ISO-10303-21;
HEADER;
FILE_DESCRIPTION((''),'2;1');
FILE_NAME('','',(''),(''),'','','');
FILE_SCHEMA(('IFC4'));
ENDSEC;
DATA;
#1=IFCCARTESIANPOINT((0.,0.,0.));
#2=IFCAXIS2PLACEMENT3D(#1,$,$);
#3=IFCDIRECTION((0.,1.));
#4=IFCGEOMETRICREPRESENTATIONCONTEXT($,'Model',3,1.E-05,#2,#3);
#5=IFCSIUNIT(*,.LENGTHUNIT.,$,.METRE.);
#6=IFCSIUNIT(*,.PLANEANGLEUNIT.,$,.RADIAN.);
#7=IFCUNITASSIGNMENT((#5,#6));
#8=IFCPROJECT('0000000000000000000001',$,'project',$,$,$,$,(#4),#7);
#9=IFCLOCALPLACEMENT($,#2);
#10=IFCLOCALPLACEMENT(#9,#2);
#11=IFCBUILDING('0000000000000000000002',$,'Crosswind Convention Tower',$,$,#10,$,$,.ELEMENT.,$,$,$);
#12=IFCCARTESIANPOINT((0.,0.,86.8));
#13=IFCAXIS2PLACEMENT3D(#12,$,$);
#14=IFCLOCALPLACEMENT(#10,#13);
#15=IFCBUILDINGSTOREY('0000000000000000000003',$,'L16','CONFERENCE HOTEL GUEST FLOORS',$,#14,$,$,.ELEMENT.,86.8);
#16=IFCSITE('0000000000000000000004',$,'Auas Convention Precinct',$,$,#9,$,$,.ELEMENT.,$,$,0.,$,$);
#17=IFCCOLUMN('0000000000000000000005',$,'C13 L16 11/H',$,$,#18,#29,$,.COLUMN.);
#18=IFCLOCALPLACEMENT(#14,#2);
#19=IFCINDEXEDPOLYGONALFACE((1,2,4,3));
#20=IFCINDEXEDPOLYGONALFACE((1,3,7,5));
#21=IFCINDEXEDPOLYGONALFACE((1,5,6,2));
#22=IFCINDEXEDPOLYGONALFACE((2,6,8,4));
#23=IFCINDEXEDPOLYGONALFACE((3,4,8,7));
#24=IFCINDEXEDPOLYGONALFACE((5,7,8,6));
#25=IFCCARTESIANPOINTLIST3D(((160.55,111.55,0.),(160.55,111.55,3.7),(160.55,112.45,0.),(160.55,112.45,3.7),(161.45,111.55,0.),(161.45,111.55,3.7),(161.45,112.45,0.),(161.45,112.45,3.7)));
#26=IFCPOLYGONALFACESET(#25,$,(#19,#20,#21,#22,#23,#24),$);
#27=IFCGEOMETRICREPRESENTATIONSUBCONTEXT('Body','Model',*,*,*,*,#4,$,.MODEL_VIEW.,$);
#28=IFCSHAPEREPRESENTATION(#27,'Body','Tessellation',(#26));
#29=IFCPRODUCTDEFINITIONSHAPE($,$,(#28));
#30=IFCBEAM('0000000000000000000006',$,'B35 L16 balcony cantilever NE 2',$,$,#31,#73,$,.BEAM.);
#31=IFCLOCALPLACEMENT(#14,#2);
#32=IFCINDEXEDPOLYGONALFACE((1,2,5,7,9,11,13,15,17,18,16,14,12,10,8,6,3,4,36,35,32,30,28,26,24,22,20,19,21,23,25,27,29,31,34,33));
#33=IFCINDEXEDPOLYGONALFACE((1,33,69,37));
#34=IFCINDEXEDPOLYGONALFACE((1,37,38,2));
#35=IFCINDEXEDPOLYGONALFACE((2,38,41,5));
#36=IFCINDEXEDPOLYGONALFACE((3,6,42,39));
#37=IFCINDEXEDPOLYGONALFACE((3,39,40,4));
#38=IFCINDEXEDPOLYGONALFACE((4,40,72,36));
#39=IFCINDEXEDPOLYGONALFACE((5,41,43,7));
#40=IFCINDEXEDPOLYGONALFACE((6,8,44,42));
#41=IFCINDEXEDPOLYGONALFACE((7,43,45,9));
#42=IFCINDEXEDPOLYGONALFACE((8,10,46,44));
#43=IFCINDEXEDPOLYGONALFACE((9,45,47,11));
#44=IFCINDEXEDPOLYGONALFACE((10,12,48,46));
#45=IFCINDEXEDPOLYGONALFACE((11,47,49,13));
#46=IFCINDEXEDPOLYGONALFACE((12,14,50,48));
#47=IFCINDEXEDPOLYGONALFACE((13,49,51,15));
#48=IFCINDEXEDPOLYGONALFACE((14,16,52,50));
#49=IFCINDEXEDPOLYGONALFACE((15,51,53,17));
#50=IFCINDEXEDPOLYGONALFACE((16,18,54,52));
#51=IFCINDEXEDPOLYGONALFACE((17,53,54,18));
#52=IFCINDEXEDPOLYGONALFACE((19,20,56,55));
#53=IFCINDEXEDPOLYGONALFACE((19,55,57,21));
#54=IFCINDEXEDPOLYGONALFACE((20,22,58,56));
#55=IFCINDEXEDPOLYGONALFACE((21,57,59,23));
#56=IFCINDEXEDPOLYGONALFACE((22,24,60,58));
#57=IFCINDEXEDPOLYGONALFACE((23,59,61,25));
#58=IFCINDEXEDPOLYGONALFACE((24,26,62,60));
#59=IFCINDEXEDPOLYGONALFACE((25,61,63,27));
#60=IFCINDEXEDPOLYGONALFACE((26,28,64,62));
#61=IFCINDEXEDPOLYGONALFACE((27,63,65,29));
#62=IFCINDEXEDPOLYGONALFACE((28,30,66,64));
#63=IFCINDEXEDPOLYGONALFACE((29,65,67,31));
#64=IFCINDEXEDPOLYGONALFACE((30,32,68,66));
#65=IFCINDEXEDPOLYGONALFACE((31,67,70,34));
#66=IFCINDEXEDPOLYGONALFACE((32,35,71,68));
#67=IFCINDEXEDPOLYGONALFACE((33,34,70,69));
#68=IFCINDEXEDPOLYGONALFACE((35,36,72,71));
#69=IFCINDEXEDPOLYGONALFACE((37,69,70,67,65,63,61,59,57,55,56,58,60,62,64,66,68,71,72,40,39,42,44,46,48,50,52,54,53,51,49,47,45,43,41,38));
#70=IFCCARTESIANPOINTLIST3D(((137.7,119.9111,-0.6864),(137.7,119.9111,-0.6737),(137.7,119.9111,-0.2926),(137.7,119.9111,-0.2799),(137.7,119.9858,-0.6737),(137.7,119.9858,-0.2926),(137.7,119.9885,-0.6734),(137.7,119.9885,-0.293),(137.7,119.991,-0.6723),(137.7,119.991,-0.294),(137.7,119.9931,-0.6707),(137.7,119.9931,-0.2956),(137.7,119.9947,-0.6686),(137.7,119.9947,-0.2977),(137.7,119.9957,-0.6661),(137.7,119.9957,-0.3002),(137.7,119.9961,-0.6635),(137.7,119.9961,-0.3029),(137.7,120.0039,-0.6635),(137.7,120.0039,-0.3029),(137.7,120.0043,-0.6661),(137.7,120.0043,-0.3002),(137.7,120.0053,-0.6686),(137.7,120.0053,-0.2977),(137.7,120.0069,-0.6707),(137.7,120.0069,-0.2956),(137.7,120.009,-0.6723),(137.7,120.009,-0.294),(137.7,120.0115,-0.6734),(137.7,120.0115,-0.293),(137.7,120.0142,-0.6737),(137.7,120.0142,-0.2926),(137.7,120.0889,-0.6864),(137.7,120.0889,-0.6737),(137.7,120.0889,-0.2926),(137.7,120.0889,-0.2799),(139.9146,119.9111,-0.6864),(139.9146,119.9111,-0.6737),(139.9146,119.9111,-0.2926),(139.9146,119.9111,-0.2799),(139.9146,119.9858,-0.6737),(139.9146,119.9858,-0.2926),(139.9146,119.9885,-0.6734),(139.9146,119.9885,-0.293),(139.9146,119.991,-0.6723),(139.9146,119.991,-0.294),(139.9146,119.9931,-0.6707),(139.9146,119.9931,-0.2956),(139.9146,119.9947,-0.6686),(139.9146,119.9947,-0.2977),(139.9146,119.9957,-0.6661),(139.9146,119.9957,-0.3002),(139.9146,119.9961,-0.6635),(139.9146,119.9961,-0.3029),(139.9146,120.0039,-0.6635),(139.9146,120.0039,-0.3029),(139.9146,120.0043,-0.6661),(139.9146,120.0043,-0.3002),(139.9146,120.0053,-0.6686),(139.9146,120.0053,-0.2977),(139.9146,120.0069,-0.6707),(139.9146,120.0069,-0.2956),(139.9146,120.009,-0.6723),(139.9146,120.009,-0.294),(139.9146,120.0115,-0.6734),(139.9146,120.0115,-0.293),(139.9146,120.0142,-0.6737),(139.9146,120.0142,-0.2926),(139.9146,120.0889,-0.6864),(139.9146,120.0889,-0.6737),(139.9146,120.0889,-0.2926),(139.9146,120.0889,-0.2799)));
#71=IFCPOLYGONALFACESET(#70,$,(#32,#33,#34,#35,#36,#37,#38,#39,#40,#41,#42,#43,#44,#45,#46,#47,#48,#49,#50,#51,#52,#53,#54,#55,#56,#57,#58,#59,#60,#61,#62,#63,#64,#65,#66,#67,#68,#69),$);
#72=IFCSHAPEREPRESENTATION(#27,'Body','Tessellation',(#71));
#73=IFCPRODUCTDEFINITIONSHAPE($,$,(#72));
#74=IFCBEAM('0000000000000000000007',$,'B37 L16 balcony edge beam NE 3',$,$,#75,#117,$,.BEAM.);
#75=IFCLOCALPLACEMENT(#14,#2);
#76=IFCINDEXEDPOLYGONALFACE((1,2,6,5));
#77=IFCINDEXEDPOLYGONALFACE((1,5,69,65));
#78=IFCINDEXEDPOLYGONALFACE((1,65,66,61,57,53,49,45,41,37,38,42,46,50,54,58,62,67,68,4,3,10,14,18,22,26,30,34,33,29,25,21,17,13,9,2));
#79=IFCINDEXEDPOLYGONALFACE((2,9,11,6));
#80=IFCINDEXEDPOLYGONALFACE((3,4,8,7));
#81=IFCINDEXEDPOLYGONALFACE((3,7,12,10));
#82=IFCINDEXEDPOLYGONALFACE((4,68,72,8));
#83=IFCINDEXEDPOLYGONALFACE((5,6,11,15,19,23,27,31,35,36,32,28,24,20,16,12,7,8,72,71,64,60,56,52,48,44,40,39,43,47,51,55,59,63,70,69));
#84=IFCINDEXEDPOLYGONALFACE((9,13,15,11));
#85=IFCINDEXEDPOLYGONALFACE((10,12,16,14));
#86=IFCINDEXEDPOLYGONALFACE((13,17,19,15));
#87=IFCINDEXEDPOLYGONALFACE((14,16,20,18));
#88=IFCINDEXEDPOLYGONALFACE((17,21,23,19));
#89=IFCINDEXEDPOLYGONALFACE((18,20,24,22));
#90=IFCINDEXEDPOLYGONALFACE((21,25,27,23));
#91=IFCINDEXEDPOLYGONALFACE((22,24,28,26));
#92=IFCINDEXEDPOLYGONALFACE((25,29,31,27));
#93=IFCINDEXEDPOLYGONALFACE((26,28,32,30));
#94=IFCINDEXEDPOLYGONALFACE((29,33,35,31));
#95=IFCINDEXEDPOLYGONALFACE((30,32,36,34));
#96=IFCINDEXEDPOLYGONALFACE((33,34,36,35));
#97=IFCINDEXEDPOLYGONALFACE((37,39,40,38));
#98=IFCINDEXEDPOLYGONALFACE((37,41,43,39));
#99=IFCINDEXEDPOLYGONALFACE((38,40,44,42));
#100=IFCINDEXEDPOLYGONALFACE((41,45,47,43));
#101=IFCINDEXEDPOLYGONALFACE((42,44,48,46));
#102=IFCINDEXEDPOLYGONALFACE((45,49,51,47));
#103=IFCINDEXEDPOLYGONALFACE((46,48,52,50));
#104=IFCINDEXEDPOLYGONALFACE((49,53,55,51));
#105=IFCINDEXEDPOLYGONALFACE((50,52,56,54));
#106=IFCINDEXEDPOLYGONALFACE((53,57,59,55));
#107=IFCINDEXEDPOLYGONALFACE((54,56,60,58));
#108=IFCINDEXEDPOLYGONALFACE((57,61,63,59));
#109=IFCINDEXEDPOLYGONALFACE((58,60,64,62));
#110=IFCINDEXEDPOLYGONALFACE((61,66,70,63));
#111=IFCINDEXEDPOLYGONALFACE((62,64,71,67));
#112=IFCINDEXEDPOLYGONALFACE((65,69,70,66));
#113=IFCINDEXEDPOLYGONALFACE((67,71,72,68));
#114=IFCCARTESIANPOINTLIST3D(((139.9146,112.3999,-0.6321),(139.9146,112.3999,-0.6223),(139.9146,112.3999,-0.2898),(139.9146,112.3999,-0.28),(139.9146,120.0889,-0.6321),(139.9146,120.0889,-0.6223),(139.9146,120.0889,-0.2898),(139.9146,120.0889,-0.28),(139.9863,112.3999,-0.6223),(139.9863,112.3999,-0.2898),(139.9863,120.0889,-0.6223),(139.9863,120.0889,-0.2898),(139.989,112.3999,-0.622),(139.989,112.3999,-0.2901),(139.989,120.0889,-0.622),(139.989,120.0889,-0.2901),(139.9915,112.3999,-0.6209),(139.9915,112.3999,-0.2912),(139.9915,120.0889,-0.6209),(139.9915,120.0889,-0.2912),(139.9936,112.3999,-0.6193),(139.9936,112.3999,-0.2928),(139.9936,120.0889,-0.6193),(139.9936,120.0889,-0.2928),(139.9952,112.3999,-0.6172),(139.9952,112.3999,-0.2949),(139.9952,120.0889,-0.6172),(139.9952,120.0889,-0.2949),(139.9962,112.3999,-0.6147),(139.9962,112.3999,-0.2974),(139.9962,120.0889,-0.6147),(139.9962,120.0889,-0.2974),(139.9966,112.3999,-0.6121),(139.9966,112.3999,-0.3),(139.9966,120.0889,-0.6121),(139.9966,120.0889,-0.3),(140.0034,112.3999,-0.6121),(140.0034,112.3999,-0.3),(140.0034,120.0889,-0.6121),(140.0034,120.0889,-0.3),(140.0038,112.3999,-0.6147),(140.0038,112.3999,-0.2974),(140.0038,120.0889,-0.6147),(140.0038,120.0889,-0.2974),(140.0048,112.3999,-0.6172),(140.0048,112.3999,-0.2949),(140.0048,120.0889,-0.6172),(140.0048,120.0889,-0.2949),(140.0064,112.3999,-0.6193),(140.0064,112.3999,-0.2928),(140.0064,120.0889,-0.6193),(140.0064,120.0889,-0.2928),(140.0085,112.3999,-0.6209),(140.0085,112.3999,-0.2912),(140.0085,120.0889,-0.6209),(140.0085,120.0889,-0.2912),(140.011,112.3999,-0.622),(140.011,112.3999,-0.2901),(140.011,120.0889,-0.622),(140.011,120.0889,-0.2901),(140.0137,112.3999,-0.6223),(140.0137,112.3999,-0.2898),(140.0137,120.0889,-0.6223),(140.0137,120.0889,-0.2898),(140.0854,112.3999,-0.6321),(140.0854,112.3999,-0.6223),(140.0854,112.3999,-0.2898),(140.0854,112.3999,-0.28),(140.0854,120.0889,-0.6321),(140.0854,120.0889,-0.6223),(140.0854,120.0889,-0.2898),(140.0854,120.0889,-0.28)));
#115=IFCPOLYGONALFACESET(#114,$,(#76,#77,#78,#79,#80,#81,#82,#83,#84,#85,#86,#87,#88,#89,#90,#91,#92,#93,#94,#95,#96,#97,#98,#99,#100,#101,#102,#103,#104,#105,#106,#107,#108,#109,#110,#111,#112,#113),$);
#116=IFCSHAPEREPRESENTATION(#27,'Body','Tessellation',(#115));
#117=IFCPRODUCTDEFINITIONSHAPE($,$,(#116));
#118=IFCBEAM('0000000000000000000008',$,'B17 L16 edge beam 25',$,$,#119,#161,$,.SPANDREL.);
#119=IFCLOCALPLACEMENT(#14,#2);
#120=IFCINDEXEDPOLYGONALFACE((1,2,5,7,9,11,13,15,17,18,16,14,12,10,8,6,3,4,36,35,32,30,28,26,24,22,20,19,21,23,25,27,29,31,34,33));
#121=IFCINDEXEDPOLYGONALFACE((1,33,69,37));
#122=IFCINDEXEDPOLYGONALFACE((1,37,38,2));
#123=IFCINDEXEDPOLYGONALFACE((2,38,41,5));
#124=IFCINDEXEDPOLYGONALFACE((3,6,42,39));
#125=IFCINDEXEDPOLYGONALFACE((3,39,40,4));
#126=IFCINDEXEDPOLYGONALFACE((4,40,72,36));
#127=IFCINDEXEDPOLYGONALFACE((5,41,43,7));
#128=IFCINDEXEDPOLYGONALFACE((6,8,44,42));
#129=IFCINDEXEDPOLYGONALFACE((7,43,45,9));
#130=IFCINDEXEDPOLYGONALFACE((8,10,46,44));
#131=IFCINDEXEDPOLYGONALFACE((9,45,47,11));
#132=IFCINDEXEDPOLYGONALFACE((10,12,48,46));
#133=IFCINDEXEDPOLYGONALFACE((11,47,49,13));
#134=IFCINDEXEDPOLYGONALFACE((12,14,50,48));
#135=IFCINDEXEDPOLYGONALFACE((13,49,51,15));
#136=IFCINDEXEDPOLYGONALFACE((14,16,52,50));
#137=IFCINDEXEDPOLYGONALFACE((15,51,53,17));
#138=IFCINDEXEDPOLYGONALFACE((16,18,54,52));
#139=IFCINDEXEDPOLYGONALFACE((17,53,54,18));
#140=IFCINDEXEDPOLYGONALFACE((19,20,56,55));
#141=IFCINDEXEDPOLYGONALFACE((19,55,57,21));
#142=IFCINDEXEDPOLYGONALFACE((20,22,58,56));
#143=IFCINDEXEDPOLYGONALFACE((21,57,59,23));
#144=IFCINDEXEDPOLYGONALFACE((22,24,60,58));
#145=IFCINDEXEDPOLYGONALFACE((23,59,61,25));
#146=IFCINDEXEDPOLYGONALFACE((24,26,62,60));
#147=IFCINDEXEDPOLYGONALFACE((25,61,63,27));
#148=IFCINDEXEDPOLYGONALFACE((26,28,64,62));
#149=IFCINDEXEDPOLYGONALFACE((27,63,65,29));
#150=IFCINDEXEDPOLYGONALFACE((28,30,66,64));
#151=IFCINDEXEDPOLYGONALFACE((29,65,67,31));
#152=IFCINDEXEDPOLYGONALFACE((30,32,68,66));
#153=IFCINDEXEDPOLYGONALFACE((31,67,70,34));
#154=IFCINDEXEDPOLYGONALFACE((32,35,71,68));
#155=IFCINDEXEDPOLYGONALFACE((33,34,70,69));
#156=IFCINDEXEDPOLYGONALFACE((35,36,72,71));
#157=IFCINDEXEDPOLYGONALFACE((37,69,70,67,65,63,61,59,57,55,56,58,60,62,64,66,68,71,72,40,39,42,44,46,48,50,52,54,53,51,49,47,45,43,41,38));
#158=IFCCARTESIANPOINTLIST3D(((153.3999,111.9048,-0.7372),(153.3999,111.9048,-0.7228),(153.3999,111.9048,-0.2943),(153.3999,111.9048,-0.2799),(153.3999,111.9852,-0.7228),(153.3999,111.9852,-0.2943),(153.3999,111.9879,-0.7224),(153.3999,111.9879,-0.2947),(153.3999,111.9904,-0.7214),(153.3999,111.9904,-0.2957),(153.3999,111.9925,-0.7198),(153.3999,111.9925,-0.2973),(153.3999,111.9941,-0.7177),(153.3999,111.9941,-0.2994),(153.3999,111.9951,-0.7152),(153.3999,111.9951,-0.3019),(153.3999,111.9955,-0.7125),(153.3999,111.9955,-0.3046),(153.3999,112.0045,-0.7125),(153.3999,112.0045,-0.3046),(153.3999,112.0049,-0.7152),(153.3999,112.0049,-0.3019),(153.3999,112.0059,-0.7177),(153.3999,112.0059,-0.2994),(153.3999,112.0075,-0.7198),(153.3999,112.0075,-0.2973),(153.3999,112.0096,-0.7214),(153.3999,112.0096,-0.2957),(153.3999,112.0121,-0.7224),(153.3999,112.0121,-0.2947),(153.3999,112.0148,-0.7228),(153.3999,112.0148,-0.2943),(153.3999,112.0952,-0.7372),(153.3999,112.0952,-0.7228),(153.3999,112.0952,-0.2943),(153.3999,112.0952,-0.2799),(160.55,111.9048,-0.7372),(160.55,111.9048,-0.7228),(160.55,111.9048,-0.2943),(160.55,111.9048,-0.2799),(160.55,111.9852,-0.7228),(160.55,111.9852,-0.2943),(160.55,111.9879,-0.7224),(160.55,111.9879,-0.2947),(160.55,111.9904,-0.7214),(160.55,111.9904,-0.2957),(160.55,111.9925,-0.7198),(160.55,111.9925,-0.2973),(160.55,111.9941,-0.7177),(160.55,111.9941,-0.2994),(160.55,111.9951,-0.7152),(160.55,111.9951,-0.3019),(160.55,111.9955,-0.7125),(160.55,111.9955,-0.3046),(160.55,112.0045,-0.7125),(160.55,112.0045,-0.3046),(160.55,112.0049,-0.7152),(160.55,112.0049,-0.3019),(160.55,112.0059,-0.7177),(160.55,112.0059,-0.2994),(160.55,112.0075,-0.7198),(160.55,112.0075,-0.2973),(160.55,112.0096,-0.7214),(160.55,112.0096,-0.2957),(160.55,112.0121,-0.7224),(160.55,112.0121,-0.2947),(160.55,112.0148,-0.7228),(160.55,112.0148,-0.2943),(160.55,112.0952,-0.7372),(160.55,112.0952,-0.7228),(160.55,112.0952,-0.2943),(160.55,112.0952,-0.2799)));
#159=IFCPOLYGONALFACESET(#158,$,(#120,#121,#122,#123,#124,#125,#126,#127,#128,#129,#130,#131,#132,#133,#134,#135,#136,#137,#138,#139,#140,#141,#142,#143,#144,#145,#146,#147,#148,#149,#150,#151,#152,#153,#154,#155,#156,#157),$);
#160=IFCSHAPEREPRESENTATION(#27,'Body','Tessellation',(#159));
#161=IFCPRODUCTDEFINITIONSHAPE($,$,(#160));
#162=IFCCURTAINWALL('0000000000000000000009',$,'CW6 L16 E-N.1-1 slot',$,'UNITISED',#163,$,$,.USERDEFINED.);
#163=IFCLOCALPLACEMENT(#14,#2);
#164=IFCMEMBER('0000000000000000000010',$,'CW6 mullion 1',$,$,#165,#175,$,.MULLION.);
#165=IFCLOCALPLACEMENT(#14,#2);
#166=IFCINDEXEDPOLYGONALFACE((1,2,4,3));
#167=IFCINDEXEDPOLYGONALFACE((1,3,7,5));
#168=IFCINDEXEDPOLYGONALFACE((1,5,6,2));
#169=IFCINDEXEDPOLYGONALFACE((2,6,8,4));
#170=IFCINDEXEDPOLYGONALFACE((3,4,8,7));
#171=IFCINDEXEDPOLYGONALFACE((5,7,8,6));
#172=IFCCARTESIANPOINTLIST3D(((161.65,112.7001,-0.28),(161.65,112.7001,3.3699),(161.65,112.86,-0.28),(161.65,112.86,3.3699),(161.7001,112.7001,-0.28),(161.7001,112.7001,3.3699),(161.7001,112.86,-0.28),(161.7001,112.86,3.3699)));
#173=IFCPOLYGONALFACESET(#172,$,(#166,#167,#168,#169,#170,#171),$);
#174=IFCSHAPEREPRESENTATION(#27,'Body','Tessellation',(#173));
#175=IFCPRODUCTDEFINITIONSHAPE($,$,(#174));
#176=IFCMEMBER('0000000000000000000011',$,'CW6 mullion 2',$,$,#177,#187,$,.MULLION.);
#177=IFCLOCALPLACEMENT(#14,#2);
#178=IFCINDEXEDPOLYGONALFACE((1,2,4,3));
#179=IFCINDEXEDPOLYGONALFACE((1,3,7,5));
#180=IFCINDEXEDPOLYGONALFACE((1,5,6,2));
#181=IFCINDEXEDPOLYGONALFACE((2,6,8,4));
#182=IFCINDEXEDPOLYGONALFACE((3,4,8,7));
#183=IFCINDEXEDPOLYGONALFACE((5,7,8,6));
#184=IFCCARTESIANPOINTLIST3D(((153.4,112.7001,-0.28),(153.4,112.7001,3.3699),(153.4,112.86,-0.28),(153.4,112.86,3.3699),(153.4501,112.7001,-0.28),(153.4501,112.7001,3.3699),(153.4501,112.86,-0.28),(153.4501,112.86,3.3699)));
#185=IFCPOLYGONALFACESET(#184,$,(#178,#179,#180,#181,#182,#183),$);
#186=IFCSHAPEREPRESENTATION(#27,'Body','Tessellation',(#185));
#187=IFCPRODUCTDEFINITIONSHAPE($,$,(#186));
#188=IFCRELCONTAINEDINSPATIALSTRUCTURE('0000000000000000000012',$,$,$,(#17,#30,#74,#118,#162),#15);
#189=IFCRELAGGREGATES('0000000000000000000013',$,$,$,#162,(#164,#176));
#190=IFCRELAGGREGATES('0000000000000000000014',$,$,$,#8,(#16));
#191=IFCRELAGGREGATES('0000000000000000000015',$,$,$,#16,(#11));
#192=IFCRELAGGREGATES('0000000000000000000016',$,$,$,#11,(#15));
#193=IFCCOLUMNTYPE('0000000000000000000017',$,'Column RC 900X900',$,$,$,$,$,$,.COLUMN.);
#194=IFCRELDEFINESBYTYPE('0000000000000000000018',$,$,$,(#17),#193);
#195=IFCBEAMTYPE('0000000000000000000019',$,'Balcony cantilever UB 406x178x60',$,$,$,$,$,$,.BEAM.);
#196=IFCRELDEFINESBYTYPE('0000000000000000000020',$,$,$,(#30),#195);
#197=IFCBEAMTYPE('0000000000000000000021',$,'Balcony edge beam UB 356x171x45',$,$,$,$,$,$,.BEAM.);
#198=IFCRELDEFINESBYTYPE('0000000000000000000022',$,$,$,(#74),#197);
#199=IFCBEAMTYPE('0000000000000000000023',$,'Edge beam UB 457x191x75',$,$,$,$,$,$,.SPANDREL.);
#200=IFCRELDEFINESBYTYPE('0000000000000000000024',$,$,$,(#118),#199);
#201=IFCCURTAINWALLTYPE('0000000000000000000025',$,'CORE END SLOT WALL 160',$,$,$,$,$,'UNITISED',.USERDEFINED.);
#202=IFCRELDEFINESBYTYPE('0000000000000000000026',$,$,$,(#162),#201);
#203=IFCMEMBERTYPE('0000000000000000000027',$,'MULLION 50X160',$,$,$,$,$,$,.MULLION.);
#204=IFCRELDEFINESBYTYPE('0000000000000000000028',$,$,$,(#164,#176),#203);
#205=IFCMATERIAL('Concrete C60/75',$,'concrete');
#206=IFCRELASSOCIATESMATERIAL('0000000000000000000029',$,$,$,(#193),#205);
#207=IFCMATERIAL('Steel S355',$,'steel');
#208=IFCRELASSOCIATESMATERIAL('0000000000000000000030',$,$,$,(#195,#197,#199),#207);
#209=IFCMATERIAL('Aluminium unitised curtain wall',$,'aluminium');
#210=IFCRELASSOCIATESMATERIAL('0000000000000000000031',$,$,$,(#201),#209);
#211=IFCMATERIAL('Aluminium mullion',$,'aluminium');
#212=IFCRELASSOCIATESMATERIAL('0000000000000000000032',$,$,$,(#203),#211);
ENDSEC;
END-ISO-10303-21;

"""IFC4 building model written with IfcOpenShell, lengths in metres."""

from ifc_helpers import new_model, si_unit, direction, frame, origin, origin_2d, place, context, subcontext, project, spatial, rectangle, i_section, extrude, material, material_profile, profile_set, type_object, element, aggregate, save


model = new_model("IFC4")

# Units and contexts
model_context = context("Model", 3, precision=1e-05, world=origin(), true_north=direction((0.0, 1.0)))
body_context = subcontext(model_context, "Body", "Model", "MODEL_VIEW")
ifc_project = project(units=[si_unit("LENGTHUNIT", "METRE"), si_unit("PLANEANGLEUNIT", "RADIAN")], contexts=[model_context])

# Site, building, storey
site_placement = place(None, origin())
site = spatial("IfcSite", under=ifc_project, at=site_placement, Name="Auas Convention Precinct", CompositionType="ELEMENT", RefElevation=0.0)
building_placement = place(site_placement, origin())
building = spatial("IfcBuilding", under=site, at=building_placement, Name="Crosswind Convention Tower", CompositionType="ELEMENT")
storey_placement = place(building_placement, frame((0.0, 0.0, 86.8)))
storey = spatial("IfcBuildingStorey", under=building, at=storey_placement, Name="L16", Description="CONFERENCE HOTEL GUEST FLOORS", CompositionType="ELEMENT", Elevation=86.8)

# Column
ifc_material_1 = material(Name="Concrete C60/75", Category="concrete")
ifc_material_profile_1 = material_profile(ifc_material_1, rectangle(XDim=0.8999, YDim=0.8999, at=origin_2d()), Name="RC 900X900")
ifc_profile_set_1 = profile_set([ifc_material_profile_1], Name="Concrete C60/75")
column_type = type_object("IfcColumnType", Name="Column RC 900X900", PredefinedType="COLUMN", material=ifc_profile_set_1)
column_placement = place(storey_placement, frame((161.0, 112.0, 0.0), z_axis=(0.0, 0.0, 1.0), x_axis=(1.0, 0.0, 0.0)))
element("IfcColumn", 1, at=column_placement, inside=storey, type_object=column_type, Name="C13 L16 11/H", PredefinedType="COLUMN", context=body_context, shape_type="SweptSolid", body=[
    extrude(rectangle(XDim=0.8999, YDim=0.8999, at=origin_2d()), origin(), (0.0, 0.0, 1.0), 3.7),
])

# Beams
ifc_material_2 = material(Name="Steel S355", Category="steel")
ifc_material_profile_2 = material_profile(ifc_material_2, i_section(OverallWidth=0.1777, OverallDepth=0.4065, WebThickness=0.0078, FlangeThickness=0.0127, FilletRadius=0.0103, at=origin_2d()), Name="UB 406x178x60")
ifc_profile_set_2 = profile_set([ifc_material_profile_2], Name="Steel S355")
beam_type_1 = type_object("IfcBeamType", Name="Balcony cantilever UB 406x178x60", PredefinedType="BEAM", material=ifc_profile_set_2)
beam_1_placement = place(storey_placement, frame((137.7, 120.0, -0.4832), z_axis=(1.0, 0.0, 0.0), x_axis=(0.0, 1.0, 0.0)))
element("IfcBeam", 2, at=beam_1_placement, inside=storey, type_object=beam_type_1, Name="B35 L16 balcony cantilever NE 2", PredefinedType="BEAM", context=body_context, shape_type="SweptSolid", body=[
    extrude(i_section(OverallWidth=0.1777, OverallDepth=0.4065, WebThickness=0.0078, FlangeThickness=0.0127, FilletRadius=0.0103, at=origin_2d()), origin(), (0.0, 0.0, 1.0), 2.2146),
])
ifc_material_profile_3 = material_profile(ifc_material_2, i_section(OverallWidth=0.1709, OverallDepth=0.3521, WebThickness=0.0068, FlangeThickness=0.0098, FilletRadius=0.0103, at=origin_2d()), Name="UB 356x171x45")
ifc_profile_set_3 = profile_set([ifc_material_profile_3], Name="Steel S355")
beam_type_2 = type_object("IfcBeamType", Name="Balcony edge beam UB 356x171x45", PredefinedType="BEAM", material=ifc_profile_set_3)
beam_2_placement = place(storey_placement, frame((140.0, 112.3999, -0.4561), z_axis=(0.0, 1.0, 0.0), x_axis=(-1.0, 0.0, 0.0)))
element("IfcBeam", 3, at=beam_2_placement, inside=storey, type_object=beam_type_2, Name="B37 L16 balcony edge beam NE 3", PredefinedType="BEAM", context=body_context, shape_type="SweptSolid", body=[
    extrude(i_section(OverallWidth=0.1709, OverallDepth=0.3521, WebThickness=0.0068, FlangeThickness=0.0098, FilletRadius=0.0103, at=origin_2d()), origin(), (0.0, 0.0, 1.0), 7.689),
])
ifc_material_profile_4 = material_profile(ifc_material_2, i_section(OverallWidth=0.1904, OverallDepth=0.4573, WebThickness=0.009, FlangeThickness=0.0144, FilletRadius=0.0103, at=origin_2d()), Name="UB 457x191x75")
ifc_profile_set_4 = profile_set([ifc_material_profile_4], Name="Steel S355")
beam_type_3 = type_object("IfcBeamType", Name="Edge beam UB 457x191x75", PredefinedType="SPANDREL", material=ifc_profile_set_4)
beam_3_placement = place(storey_placement, frame((153.3999, 112.0, -0.5085), z_axis=(1.0, 0.0, 0.0), x_axis=(0.0, 1.0, 0.0)))
element("IfcBeam", 4, at=beam_3_placement, inside=storey, type_object=beam_type_3, Name="B17 L16 edge beam 25", PredefinedType="SPANDREL", context=body_context, shape_type="SweptSolid", body=[
    extrude(i_section(OverallWidth=0.1904, OverallDepth=0.4573, WebThickness=0.009, FlangeThickness=0.0144, FilletRadius=0.0103, at=origin_2d()), origin(), (0.0, 0.0, 1.0), 7.1501),
])

# Curtain wall, members
ifc_material_3 = material(Name="Aluminium unitised curtain wall", Category="aluminium")
curtain_wall_type_1 = type_object("IfcCurtainWallType", Name="CORE END SLOT WALL 160", ElementType="UNITISED", PredefinedType="USERDEFINED", material=ifc_material_3)
curtain_wall_1_placement = place(storey_placement, origin())
curtain_wall_1 = element("IfcCurtainWall", 5, at=curtain_wall_1_placement, inside=storey, type_object=curtain_wall_type_1, Name="CW6 L16 E-N.1-1 slot", ObjectType="UNITISED", PredefinedType="USERDEFINED")
ifc_material_4 = material(Name="Aluminium mullion", Category="aluminium")
ifc_material_profile_5 = material_profile(ifc_material_4, rectangle(XDim=0.1599, YDim=0.05, at=origin_2d()), Name="AL 160X50")
ifc_profile_set_5 = profile_set([ifc_material_profile_5], Name="Aluminium mullion")
member_type_1 = type_object("IfcMemberType", Name="MULLION 50X160", PredefinedType="MULLION", material=ifc_profile_set_5)
member_1_placement = place(storey_placement, frame((161.675, 112.78, -0.28), z_axis=(0.0, 0.0, 1.0), x_axis=(0.0, 1.0, 0.0)))
member_1 = element("IfcMember", 6, at=member_1_placement, type_object=member_type_1, Name="CW6 mullion 1", PredefinedType="MULLION", context=body_context, shape_type="SweptSolid", body=[
    extrude(rectangle(XDim=0.1599, YDim=0.05, at=origin_2d()), origin(), (0.0, 0.0, 1.0), 3.6499),
])
member_2_placement = place(storey_placement, frame((153.425, 112.78, -0.28), z_axis=(0.0, 0.0, 1.0), x_axis=(0.0, 1.0, 0.0)))
member_2 = element("IfcMember", 7, at=member_2_placement, type_object=member_type_1, Name="CW6 mullion 2", PredefinedType="MULLION", context=body_context, shape_type="SweptSolid", body=[
    extrude(rectangle(XDim=0.1599, YDim=0.05, at=origin_2d()), origin(), (0.0, 0.0, 1.0), 3.6499),
])

aggregate(curtain_wall_1, [member_1, member_2])

save(model, "model.ifc")
